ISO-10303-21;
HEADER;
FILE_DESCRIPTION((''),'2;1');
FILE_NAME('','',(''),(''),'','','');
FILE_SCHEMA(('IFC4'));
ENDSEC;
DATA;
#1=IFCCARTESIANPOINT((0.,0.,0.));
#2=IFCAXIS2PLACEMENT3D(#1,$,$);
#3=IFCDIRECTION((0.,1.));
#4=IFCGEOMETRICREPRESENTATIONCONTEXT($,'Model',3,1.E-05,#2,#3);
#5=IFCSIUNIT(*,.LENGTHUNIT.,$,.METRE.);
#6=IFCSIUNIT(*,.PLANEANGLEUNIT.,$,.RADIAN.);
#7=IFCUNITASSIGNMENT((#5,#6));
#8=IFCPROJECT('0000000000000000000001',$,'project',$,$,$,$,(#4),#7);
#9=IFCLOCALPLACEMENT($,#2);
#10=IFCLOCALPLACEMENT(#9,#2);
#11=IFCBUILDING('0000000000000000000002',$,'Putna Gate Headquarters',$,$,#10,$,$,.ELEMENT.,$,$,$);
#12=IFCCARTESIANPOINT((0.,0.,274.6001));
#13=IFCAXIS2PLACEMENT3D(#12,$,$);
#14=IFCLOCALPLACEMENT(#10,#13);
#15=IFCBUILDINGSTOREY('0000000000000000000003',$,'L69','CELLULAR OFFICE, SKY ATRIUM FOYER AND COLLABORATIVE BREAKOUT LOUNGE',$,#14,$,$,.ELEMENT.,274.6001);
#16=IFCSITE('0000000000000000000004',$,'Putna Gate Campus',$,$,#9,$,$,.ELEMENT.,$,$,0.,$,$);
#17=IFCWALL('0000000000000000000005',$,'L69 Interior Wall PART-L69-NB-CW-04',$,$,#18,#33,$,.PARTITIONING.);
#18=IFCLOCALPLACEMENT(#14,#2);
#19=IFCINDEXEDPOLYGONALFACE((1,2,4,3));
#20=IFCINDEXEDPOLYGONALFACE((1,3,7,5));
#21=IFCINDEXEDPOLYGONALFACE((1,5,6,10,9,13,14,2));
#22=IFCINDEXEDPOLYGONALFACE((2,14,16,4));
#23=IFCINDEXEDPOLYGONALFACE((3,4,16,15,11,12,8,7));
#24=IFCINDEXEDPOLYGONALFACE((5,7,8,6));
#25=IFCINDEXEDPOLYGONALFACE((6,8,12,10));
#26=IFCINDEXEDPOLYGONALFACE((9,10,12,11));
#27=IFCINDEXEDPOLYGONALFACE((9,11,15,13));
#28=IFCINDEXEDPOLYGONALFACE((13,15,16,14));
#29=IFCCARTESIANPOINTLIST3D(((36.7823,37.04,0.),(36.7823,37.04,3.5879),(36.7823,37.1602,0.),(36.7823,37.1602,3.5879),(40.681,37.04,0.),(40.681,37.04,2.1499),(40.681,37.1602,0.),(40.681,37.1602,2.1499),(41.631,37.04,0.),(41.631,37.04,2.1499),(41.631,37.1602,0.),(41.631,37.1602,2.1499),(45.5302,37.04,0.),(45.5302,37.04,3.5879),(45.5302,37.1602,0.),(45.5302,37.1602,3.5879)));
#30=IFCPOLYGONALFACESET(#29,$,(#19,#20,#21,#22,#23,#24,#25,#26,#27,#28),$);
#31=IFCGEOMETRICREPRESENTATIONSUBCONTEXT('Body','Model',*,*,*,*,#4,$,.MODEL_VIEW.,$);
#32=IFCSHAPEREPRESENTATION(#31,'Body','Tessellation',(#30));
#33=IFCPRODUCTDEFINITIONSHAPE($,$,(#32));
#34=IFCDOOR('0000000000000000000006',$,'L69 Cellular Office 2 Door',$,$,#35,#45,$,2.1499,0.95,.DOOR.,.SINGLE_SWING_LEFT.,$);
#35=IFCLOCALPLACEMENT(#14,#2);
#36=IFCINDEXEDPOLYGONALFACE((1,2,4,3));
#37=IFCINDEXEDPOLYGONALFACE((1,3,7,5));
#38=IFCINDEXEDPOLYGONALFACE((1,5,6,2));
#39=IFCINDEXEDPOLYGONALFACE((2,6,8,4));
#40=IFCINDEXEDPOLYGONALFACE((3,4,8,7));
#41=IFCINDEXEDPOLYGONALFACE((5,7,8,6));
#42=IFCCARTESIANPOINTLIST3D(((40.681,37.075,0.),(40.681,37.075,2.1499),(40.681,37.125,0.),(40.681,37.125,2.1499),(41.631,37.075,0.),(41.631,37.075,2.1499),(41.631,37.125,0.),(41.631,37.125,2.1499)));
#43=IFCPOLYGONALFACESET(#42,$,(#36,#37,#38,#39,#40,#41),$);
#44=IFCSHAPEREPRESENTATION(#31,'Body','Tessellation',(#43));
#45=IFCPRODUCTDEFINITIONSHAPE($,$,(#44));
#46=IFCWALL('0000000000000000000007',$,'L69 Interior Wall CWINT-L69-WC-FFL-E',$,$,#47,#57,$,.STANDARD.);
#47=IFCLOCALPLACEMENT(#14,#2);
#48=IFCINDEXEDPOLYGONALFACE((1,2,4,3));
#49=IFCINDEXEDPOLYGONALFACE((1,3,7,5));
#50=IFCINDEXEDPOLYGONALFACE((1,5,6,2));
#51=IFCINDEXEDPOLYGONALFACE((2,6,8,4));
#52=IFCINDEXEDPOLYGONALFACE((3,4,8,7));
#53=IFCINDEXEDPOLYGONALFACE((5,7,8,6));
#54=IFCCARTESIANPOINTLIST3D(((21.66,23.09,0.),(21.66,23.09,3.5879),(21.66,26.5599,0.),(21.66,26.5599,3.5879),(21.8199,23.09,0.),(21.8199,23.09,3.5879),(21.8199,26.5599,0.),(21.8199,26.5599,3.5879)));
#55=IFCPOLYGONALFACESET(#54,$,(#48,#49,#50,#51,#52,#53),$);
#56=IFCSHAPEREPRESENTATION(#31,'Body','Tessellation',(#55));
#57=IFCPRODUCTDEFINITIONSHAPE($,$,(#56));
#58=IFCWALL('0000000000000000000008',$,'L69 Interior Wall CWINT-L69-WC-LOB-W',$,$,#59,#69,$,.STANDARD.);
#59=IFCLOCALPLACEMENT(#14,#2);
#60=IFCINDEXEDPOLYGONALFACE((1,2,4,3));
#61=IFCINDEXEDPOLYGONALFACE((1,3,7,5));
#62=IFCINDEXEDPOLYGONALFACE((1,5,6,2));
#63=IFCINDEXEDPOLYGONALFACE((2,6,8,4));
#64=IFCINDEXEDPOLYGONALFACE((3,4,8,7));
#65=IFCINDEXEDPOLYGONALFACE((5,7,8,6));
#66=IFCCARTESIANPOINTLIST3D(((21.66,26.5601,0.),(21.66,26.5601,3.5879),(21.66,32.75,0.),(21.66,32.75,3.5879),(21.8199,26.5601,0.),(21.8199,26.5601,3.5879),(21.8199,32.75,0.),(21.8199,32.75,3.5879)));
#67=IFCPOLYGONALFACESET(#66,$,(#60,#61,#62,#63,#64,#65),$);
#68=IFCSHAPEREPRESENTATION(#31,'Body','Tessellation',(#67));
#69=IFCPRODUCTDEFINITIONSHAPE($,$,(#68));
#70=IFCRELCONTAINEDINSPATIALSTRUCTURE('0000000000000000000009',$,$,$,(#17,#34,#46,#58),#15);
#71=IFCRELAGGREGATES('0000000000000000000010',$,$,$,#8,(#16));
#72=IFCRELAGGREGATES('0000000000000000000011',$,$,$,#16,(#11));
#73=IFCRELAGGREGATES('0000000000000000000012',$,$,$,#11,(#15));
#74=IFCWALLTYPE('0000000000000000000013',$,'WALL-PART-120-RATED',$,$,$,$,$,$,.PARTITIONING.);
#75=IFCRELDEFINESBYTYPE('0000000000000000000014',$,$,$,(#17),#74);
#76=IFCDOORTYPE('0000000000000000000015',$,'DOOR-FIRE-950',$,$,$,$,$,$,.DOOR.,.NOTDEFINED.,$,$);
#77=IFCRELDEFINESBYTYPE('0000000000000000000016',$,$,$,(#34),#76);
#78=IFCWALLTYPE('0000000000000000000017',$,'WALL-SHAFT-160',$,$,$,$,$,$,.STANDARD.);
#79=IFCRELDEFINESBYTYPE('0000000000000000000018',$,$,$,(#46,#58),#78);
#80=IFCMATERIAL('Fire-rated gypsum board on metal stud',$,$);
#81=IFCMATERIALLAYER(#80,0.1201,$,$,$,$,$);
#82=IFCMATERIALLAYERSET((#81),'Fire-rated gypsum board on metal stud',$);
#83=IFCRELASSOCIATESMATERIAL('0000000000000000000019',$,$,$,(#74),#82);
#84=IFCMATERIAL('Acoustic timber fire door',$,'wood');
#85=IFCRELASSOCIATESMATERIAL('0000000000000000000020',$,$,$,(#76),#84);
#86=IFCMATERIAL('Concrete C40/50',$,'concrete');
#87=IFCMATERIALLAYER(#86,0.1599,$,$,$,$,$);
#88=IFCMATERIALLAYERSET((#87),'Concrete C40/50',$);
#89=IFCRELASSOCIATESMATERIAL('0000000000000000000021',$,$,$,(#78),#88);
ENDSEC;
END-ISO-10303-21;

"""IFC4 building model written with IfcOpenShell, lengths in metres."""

from ifc_helpers import new_model, si_unit, direction, frame, frame_2d, origin, place, context, subcontext, project, spatial, rectangle, extrude, material, layer, layer_set, type_object, element, fill, save


model = new_model("IFC4")

# Units and contexts
model_context = context("Model", 3, precision=1e-05, world=origin(), true_north=direction((0.0, 1.0)))
body_context = subcontext(model_context, "Body", "Model", "MODEL_VIEW")
ifc_project = project(units=[si_unit("LENGTHUNIT", "METRE"), si_unit("PLANEANGLEUNIT", "RADIAN")], contexts=[model_context])

# Site, building, storey
site_placement = place(None, origin())
site = spatial("IfcSite", under=ifc_project, at=site_placement, Name="Putna Gate Campus", CompositionType="ELEMENT", RefElevation=0.0)
building_placement = place(site_placement, origin())
building = spatial("IfcBuilding", under=site, at=building_placement, Name="Putna Gate Headquarters", CompositionType="ELEMENT")
storey_placement = place(building_placement, frame((0.0, 0.0, 274.6001)))
storey = spatial("IfcBuildingStorey", under=building, at=storey_placement, Name="L69", Description="CELLULAR OFFICE, SKY ATRIUM FOYER AND COLLABORATIVE BREAKOUT LOUNGE", CompositionType="ELEMENT", Elevation=274.6001)

# Shared definitions
ifc_material_1 = material(Name="Fire-rated gypsum board on metal stud")
ifc_layer_1 = layer(ifc_material_1, 0.1201)
ifc_layer_set_1 = layer_set([ifc_layer_1], Name="Fire-rated gypsum board on metal stud")
wall_type_1 = type_object("IfcWallType", Name="WALL-PART-120-RATED", PredefinedType="PARTITIONING", material=ifc_layer_set_1)

# Wall, opening, door
ifc_material_2 = material(Name="Acoustic timber fire door", Category="wood")
door_type = type_object("IfcDoorType", Name="DOOR-FIRE-950", OperationType="NOTDEFINED", PredefinedType="DOOR", material=ifc_material_2)
wall_1_placement = place(storey_placement, frame((36.7822, 37.1001, 0.0), z_axis=(0.0, 0.0, 1.0), x_axis=(1.0, 0.0, 0.0)))
wall_1 = element("IfcWall", 1, at=wall_1_placement, inside=storey, type_object=wall_type_1, Name="L69 Interior Wall PART-L69-NB-CW-04", PredefinedType="PARTITIONING", context=body_context, shape_type="SweptSolid", body=[
    extrude(rectangle(XDim=8.7478, YDim=0.1201, at=frame_2d((4.374, 0.0))), origin(), (0.0, 0.0, 1.0), 3.5879),
])
opening_1_placement = place(wall_1_placement, frame((3.8987, 0.0, 0.0)))
opening_1 = element("IfcOpeningElement", 2, at=opening_1_placement, cuts=wall_1, PredefinedType="OPENING", context=body_context, shape_type="SweptSolid", body=[
    extrude(rectangle(XDim=0.95, YDim=2.1499, at=frame_2d((0.4751, 1.075))), frame((0.0, 0.0701, 0.0), z_axis=(0.0, -1.0, 0.0), x_axis=(1.0, 0.0, 0.0)), (0.0, 0.0, 1.0), 0.1401),
])
door_1_placement = place(opening_1_placement, origin())
door_1 = element("IfcDoor", 3, at=door_1_placement, inside=storey, type_object=door_type, Name="L69 Cellular Office 2 Door", OperationType="SINGLE_SWING_LEFT", OverallHeight=2.1499, OverallWidth=0.95, PredefinedType="DOOR", context=body_context, shape_type="SweptSolid", body=[
    extrude(rectangle(XDim=0.95, YDim=2.1499, at=frame_2d((0.4751, 1.075))), frame((0.0, 0.0249, 0.0), z_axis=(0.0, -1.0, 0.0), x_axis=(1.0, 0.0, 0.0)), (0.0, 0.0, 1.0), 0.05),
])
fill(opening_1, door_1)

# Walls
ifc_material_3 = material(Name="Concrete C40/50", Category="concrete")
ifc_layer_2 = layer(ifc_material_3, 0.1599)
ifc_layer_set_2 = layer_set([ifc_layer_2], Name="Concrete C40/50")
wall_type_2 = type_object("IfcWallType", Name="WALL-SHAFT-160", PredefinedType="STANDARD", material=ifc_layer_set_2)
wall_2_placement = place(storey_placement, frame((21.74, 23.0901, 0.0), z_axis=(0.0, 0.0, 1.0), x_axis=(0.0, 1.0, 0.0)))
element("IfcWall", 4, at=wall_2_placement, inside=storey, type_object=wall_type_2, Name="L69 Interior Wall CWINT-L69-WC-FFL-E", PredefinedType="STANDARD", context=body_context, shape_type="SweptSolid", body=[
    extrude(rectangle(XDim=3.47, YDim=0.1599, at=frame_2d((1.7349, 0.0))), origin(), (0.0, 0.0, 1.0), 3.5879),
])
wall_3_placement = place(storey_placement, frame((21.74, 26.5601, 0.0), z_axis=(0.0, 0.0, 1.0), x_axis=(0.0, 1.0, 0.0)))
element("IfcWall", 5, at=wall_3_placement, inside=storey, type_object=wall_type_2, Name="L69 Interior Wall CWINT-L69-WC-LOB-W", PredefinedType="STANDARD", context=body_context, shape_type="SweptSolid", body=[
    extrude(rectangle(XDim=6.1899, YDim=0.1599, at=frame_2d((3.095, 0.0))), origin(), (0.0, 0.0, 1.0), 3.5879),
])

save(model, "model.ifc")
